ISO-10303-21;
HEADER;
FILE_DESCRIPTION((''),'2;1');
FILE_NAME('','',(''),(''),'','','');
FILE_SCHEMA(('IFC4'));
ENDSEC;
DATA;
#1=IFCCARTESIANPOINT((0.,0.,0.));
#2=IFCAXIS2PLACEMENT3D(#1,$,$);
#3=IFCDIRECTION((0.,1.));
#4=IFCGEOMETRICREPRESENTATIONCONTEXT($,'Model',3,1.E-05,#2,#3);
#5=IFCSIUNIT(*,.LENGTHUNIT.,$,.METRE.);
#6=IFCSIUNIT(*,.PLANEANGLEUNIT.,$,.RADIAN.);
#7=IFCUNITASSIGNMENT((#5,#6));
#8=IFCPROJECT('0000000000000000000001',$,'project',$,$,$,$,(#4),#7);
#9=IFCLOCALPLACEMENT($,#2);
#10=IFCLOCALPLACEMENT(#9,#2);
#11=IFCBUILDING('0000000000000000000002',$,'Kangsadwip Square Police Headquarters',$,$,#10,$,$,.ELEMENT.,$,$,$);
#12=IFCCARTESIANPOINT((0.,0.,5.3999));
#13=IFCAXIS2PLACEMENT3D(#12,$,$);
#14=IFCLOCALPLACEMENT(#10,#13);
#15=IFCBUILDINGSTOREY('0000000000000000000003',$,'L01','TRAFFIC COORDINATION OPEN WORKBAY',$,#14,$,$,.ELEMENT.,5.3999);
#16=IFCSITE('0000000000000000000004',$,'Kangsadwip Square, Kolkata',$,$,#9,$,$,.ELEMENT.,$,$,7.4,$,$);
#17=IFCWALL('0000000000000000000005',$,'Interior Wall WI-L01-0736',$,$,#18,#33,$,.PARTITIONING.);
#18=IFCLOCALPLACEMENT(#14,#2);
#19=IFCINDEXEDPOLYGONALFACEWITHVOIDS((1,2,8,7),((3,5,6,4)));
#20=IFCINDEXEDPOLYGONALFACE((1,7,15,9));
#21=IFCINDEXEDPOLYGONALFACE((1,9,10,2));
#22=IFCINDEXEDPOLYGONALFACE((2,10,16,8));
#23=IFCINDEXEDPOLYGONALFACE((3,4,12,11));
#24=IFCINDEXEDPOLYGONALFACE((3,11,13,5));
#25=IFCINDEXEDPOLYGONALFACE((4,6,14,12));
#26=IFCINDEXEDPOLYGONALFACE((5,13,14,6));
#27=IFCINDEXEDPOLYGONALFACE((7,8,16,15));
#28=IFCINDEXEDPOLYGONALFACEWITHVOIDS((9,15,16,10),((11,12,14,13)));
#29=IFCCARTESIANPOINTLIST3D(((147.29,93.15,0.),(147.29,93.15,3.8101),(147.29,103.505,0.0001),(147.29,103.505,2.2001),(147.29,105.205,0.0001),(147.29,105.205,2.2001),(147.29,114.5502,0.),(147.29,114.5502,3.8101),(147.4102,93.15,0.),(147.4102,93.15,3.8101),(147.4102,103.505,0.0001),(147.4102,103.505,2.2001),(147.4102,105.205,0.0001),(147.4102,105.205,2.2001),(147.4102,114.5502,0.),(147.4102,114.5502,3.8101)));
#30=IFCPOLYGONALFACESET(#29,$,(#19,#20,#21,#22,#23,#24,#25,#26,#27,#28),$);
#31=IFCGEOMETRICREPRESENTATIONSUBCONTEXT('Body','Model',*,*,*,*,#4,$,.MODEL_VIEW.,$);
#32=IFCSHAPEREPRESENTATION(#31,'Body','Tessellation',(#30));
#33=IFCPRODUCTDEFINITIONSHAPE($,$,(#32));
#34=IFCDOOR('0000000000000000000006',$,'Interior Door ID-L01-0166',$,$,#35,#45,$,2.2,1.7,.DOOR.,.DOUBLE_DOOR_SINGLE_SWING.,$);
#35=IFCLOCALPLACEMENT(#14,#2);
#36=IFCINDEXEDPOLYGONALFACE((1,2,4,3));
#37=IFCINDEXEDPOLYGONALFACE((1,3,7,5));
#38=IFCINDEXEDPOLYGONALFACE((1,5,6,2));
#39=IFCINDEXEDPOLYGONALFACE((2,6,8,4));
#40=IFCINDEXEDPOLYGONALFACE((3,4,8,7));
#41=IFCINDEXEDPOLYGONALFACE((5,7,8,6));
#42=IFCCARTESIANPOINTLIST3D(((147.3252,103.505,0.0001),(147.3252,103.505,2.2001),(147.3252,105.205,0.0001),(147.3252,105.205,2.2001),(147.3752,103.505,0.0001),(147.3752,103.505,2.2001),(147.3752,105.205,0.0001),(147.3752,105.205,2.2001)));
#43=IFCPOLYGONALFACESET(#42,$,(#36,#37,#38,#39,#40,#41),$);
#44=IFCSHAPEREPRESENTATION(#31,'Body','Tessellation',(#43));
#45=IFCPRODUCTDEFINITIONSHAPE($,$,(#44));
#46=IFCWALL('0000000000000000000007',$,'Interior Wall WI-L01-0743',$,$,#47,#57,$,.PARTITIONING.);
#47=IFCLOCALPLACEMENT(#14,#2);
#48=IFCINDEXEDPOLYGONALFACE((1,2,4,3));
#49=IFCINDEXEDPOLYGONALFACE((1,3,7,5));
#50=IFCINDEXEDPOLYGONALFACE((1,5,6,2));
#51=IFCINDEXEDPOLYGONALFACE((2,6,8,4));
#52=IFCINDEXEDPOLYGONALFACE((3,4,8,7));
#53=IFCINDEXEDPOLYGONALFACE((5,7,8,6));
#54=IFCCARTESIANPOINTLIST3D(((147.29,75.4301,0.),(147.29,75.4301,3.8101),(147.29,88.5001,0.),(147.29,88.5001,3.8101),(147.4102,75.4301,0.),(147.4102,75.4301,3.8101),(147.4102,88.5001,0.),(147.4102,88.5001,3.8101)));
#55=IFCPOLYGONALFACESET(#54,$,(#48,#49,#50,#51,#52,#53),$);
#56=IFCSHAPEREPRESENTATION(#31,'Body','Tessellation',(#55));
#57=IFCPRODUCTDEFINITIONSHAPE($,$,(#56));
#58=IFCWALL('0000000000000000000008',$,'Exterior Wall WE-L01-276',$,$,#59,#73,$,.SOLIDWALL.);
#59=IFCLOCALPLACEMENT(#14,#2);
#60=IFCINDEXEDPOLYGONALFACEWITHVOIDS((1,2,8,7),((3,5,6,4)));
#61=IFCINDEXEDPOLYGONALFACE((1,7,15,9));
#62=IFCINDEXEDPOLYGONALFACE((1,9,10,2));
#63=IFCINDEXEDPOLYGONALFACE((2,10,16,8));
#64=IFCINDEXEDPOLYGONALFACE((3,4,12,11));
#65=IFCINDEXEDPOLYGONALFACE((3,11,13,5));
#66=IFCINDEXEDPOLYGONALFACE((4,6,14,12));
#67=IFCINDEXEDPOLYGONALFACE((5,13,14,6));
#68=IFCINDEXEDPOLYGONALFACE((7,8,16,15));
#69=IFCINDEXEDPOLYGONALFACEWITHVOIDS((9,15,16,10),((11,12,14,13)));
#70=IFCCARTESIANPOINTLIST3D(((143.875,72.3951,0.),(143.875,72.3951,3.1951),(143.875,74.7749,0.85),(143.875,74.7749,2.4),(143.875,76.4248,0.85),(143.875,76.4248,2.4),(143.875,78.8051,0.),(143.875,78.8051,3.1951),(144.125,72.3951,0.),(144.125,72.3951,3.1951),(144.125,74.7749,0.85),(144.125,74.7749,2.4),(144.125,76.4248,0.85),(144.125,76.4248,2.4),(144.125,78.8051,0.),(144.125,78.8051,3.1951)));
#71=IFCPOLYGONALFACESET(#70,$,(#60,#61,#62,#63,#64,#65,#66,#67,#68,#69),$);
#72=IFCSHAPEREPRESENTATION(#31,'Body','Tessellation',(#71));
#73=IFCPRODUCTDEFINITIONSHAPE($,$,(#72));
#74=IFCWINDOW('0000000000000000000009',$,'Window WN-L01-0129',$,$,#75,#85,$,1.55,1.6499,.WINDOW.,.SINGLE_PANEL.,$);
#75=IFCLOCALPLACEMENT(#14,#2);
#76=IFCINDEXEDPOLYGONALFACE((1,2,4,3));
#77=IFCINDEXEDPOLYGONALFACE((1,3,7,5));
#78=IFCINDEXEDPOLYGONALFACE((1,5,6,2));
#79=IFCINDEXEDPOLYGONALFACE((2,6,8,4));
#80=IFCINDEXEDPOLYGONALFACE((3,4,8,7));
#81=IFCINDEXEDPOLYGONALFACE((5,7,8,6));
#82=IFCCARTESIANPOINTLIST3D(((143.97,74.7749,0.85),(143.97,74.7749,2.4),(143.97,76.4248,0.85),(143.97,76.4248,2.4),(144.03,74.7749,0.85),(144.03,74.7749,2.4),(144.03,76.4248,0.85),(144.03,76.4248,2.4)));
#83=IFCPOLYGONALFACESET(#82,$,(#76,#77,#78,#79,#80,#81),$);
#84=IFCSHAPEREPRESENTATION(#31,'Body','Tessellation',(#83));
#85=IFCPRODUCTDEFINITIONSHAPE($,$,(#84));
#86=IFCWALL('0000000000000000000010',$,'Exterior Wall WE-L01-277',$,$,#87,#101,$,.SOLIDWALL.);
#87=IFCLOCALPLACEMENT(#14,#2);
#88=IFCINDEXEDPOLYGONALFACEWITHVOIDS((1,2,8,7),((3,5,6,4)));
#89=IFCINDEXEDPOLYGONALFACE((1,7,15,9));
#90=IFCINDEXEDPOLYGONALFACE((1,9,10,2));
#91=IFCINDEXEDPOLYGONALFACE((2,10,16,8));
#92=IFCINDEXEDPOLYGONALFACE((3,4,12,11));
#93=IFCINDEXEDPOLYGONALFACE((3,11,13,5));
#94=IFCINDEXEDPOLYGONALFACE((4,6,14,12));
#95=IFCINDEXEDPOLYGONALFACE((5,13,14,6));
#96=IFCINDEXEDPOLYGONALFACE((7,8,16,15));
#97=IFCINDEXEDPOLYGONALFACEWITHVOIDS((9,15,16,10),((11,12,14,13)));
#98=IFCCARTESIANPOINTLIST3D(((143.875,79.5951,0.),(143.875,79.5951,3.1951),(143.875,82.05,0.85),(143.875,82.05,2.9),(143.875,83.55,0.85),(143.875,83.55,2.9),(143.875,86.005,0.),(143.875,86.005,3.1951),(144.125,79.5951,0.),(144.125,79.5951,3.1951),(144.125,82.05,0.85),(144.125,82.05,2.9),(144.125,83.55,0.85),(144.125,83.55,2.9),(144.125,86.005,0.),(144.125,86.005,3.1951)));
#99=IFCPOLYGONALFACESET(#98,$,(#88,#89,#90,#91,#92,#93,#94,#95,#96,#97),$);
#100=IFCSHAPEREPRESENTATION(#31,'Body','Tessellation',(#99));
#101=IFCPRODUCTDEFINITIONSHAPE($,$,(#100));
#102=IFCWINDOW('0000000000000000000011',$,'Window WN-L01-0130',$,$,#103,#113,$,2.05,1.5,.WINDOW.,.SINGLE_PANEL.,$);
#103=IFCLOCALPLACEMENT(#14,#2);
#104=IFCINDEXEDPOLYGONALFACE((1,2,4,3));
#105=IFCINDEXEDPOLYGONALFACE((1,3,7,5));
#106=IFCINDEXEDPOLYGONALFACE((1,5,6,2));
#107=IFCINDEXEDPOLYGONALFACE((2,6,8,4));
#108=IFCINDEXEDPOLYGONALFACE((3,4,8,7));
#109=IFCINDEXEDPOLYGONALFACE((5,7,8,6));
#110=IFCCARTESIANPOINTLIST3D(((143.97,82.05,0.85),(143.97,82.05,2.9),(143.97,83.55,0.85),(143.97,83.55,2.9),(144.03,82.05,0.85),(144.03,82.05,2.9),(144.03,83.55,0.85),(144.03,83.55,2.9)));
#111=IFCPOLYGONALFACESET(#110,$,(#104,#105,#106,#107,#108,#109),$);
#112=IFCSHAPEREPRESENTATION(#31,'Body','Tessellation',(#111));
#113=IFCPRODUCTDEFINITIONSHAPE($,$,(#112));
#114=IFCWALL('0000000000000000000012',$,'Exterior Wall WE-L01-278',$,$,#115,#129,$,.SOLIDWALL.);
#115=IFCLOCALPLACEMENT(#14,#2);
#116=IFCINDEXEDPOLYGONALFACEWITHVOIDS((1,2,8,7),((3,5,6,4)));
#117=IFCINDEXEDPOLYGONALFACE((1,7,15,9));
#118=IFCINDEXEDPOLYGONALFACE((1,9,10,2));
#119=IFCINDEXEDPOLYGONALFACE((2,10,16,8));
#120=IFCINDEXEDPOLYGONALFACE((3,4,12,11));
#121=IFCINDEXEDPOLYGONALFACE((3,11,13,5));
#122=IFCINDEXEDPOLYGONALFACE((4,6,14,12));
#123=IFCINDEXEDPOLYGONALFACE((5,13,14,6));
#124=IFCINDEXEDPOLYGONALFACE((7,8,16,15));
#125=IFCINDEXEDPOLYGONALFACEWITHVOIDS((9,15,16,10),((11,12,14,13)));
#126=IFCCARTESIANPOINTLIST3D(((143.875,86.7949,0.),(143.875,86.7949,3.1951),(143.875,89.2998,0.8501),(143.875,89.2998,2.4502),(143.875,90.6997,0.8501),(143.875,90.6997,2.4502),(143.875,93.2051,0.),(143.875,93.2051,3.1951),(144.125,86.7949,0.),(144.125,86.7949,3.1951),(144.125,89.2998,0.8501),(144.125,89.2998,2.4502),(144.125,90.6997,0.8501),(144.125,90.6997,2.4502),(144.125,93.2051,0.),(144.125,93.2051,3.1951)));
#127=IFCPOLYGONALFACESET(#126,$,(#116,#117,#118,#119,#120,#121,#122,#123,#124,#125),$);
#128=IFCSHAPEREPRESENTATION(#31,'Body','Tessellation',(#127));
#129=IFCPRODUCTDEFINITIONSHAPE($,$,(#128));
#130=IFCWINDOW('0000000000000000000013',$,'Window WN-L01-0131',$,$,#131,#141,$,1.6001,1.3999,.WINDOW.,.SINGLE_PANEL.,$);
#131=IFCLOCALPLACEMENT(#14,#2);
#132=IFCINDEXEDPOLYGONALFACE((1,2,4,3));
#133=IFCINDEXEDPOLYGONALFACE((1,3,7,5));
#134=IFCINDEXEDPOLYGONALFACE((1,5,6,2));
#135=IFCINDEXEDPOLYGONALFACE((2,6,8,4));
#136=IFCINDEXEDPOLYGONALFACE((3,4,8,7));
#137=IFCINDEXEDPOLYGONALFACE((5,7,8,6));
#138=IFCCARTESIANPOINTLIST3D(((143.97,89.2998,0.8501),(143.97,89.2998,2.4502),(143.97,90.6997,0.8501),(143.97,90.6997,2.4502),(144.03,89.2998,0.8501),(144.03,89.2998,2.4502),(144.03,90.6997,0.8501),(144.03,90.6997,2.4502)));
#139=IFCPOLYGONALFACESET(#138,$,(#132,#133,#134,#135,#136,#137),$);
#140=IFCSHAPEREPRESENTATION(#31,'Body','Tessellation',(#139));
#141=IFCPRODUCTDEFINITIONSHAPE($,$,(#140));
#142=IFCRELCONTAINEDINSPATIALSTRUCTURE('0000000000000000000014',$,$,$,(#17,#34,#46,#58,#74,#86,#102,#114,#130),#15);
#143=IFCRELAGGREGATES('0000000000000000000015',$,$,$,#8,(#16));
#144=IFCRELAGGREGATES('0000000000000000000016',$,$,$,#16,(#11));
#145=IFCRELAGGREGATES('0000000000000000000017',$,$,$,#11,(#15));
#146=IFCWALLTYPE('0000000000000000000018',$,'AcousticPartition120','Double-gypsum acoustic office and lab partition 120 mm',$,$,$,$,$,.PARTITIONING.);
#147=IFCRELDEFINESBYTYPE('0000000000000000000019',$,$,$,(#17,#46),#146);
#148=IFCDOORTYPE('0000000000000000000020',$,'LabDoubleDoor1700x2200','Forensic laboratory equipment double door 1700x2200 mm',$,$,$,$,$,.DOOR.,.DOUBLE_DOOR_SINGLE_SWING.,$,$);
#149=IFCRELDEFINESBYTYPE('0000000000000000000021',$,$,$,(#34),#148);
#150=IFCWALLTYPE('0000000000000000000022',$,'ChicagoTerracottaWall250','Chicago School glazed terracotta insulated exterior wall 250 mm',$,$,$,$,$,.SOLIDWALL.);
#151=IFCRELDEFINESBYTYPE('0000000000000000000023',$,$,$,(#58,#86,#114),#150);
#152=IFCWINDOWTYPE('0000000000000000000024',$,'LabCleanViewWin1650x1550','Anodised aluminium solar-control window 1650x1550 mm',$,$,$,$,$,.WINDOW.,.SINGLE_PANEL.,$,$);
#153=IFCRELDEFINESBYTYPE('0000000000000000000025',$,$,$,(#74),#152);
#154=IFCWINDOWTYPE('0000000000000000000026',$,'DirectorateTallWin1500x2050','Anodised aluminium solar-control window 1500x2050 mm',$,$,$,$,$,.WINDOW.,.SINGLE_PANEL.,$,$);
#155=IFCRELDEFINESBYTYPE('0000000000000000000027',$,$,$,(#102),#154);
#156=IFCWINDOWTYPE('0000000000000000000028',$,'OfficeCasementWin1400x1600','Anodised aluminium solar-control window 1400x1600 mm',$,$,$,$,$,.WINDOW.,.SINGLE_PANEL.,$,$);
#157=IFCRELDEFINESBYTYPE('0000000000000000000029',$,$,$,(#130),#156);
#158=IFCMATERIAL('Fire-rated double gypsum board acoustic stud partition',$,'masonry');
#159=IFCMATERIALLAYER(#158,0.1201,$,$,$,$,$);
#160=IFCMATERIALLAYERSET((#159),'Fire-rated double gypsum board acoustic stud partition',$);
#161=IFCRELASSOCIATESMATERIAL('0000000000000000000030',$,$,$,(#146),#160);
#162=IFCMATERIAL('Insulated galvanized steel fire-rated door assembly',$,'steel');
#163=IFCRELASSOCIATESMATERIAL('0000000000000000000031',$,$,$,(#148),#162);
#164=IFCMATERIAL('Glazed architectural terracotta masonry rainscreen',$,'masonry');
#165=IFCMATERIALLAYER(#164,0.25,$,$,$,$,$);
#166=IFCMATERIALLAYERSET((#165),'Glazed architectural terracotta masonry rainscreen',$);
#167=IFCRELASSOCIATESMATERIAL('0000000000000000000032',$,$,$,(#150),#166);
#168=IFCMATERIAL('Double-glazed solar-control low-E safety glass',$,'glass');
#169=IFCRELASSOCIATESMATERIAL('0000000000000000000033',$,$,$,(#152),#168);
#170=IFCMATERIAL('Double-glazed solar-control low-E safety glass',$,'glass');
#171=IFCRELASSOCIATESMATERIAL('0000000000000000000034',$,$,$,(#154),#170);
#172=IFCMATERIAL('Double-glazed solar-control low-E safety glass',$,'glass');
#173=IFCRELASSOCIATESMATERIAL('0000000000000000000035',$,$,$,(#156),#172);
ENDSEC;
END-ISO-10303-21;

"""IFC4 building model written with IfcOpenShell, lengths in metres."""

from ifc_helpers import new_model, si_unit, direction, frame, frame_2d, origin, place, context, subcontext, project, spatial, rectangle, extrude, material, layer, layer_set, type_object, element, fill, save


model = new_model("IFC4")

# Units and contexts
model_context = context("Model", 3, precision=1e-05, world=origin(), true_north=direction((0.0, 1.0)))
body_context = subcontext(model_context, "Body", "Model", "MODEL_VIEW")
ifc_project = project(units=[si_unit("LENGTHUNIT", "METRE"), si_unit("PLANEANGLEUNIT", "RADIAN")], contexts=[model_context])

# Site, building, storey
site_placement = place(None, origin())
site = spatial("IfcSite", under=ifc_project, at=site_placement, Name="Kangsadwip Square, Kolkata", CompositionType="ELEMENT", RefElevation=7.4)
building_placement = place(site_placement, origin())
building = spatial("IfcBuilding", under=site, at=building_placement, Name="Kangsadwip Square Police Headquarters", CompositionType="ELEMENT")
storey_placement = place(building_placement, frame((0.0, 0.0, 5.3999)))
storey = spatial("IfcBuildingStorey", under=building, at=storey_placement, Name="L01", Description="TRAFFIC COORDINATION OPEN WORKBAY", CompositionType="ELEMENT", Elevation=5.3999)

# Wall, opening, door
ifc_material_1 = material(Name="Fire-rated double gypsum board acoustic stud partition", Category="masonry")
ifc_layer_1 = layer(ifc_material_1, 0.1201)
ifc_layer_set_1 = layer_set([ifc_layer_1], Name="Fire-rated double gypsum board acoustic stud partition")
wall_type_1 = type_object("IfcWallType", Name="AcousticPartition120", Description="Double-gypsum acoustic office and lab partition 120 mm", PredefinedType="PARTITIONING", material=ifc_layer_set_1)
wall_1_placement = place(storey_placement, frame((147.3501, 93.1499, 0.0), z_axis=(0.0, 0.0, 1.0), x_axis=(0.0, 1.0, 0.0)))
wall_1 = element("IfcWall", 1, at=wall_1_placement, inside=storey, type_object=wall_type_1, Name="Interior Wall WI-L01-0736", PredefinedType="PARTITIONING", context=body_context, shape_type="SweptSolid", body=[
    extrude(rectangle(XDim=21.4001, YDim=0.1201, at=frame_2d((10.7002, 0.0))), origin(), (0.0, 0.0, 1.0), 3.8101),
])
opening_1_placement = place(wall_1_placement, frame((10.355, 0.0, 0.0)))
opening_1 = element("IfcOpeningElement", 2, at=opening_1_placement, cuts=wall_1, PredefinedType="OPENING", context=body_context, shape_type="SweptSolid", body=[
    extrude(rectangle(XDim=1.7, YDim=2.2, at=frame_2d((0.8501, 1.1001))), frame((0.0, 0.0701, 0.0), z_axis=(0.0, -1.0, 0.0), x_axis=(1.0, 0.0, 0.0)), (0.0, 0.0, 1.0), 0.1401),
])
ifc_material_2 = material(Name="Insulated galvanized steel fire-rated door assembly", Category="steel")
door_type_1 = type_object("IfcDoorType", Name="LabDoubleDoor1700x2200", Description="Forensic laboratory equipment double door 1700x2200 mm", OperationType="DOUBLE_DOOR_SINGLE_SWING", PredefinedType="DOOR", material=ifc_material_2)
door_1_placement = place(opening_1_placement, origin())
door_1 = element("IfcDoor", 3, at=door_1_placement, inside=storey, type_object=door_type_1, Name="Interior Door ID-L01-0166", OperationType="DOUBLE_DOOR_SINGLE_SWING", OverallHeight=2.2, OverallWidth=1.7, PredefinedType="DOOR", context=body_context, shape_type="SweptSolid", body=[
    extrude(rectangle(XDim=1.7, YDim=2.2, at=frame_2d((0.8501, 1.1001))), frame((0.0, 0.0249, 0.0), z_axis=(0.0, -1.0, 0.0), x_axis=(1.0, 0.0, 0.0)), (0.0, 0.0, 1.0), 0.05),
])
fill(opening_1, door_1)

# Wall
wall_2_placement = place(storey_placement, frame((147.3501, 75.4299, 0.0), z_axis=(0.0, 0.0, 1.0), x_axis=(0.0, 1.0, 0.0)))
element("IfcWall", 4, at=wall_2_placement, inside=storey, type_object=wall_type_1, Name="Interior Wall WI-L01-0743", PredefinedType="PARTITIONING", context=body_context, shape_type="SweptSolid", body=[
    extrude(rectangle(XDim=13.0701, YDim=0.1201, at=frame_2d((6.5352, 0.0))), origin(), (0.0, 0.0, 1.0), 3.8101),
])

# Walls, openings, windows
ifc_material_3 = material(Name="Glazed architectural terracotta masonry rainscreen", Category="masonry")
ifc_layer_2 = layer(ifc_material_3, 0.25)
ifc_layer_set_2 = layer_set([ifc_layer_2], Name="Glazed architectural terracotta masonry rainscreen")
wall_type_2 = type_object("IfcWallType", Name="ChicagoTerracottaWall250", Description="Chicago School glazed terracotta insulated exterior wall 250 mm", PredefinedType="SOLIDWALL", material=ifc_layer_set_2)
wall_3_placement = place(storey_placement, frame((144.0, 72.395, 0.0), z_axis=(0.0, 0.0, 1.0), x_axis=(0.0, 1.0, 0.0)))
wall_3 = element("IfcWall", 5, at=wall_3_placement, inside=storey, type_object=wall_type_2, Name="Exterior Wall WE-L01-276", PredefinedType="SOLIDWALL", context=body_context, shape_type="SweptSolid", body=[
    extrude(rectangle(XDim=6.4099, YDim=0.25, at=frame_2d((3.2051, 0.0))), origin(), (0.0, 0.0, 1.0), 3.1951),
])
opening_2_placement = place(wall_3_placement, frame((2.3799, 0.0, 0.8501)))
opening_2 = element("IfcOpeningElement", 6, at=opening_2_placement, cuts=wall_3, PredefinedType="OPENING", context=body_context, shape_type="SweptSolid", body=[
    extrude(rectangle(XDim=1.6499, YDim=1.55, at=frame_2d((0.825, 0.7749))), frame((0.0, 0.135, 0.0), z_axis=(0.0, -1.0, 0.0), x_axis=(1.0, 0.0, 0.0)), (0.0, 0.0, 1.0), 0.27),
])
ifc_material_4 = material(Name="Double-glazed solar-control low-E safety glass", Category="glass")
window_type_1 = type_object("IfcWindowType", Name="LabCleanViewWin1650x1550", Description="Anodised aluminium solar-control window 1650x1550 mm", PartitioningType="SINGLE_PANEL", PredefinedType="WINDOW", material=ifc_material_4)
window_1_placement = place(opening_2_placement, origin())
window_1 = element("IfcWindow", 7, at=window_1_placement, inside=storey, type_object=window_type_1, Name="Window WN-L01-0129", OverallHeight=1.55, OverallWidth=1.6499, PartitioningType="SINGLE_PANEL", PredefinedType="WINDOW", context=body_context, shape_type="SweptSolid", body=[
    extrude(rectangle(XDim=1.6499, YDim=1.55, at=frame_2d((0.825, 0.7749))), frame((0.0, 0.03, 0.0), z_axis=(0.0, -1.0, 0.0), x_axis=(1.0, 0.0, 0.0)), (0.0, 0.0, 1.0), 0.0601),
])
fill(opening_2, window_1)
wall_4_placement = place(storey_placement, frame((144.0, 79.595, 0.0), z_axis=(0.0, 0.0, 1.0), x_axis=(0.0, 1.0, 0.0)))
wall_4 = element("IfcWall", 8, at=wall_4_placement, inside=storey, type_object=wall_type_2, Name="Exterior Wall WE-L01-277", PredefinedType="SOLIDWALL", context=body_context, shape_type="SweptSolid", body=[
    extrude(rectangle(XDim=6.4099, YDim=0.25, at=frame_2d((3.2051, 0.0))), origin(), (0.0, 0.0, 1.0), 3.1951),
])
opening_3_placement = place(wall_4_placement, frame((2.4551, 0.0, 0.8501)))
opening_3 = element("IfcOpeningElement", 9, at=opening_3_placement, cuts=wall_4, PredefinedType="OPENING", context=body_context, shape_type="SweptSolid", body=[
    extrude(rectangle(XDim=1.5, YDim=2.05, at=frame_2d((0.75, 1.0249))), frame((0.0, 0.135, 0.0), z_axis=(0.0, -1.0, 0.0), x_axis=(1.0, 0.0, 0.0)), (0.0, 0.0, 1.0), 0.27),
])
ifc_material_5 = material(Name="Double-glazed solar-control low-E safety glass", Category="glass")
window_type_2 = type_object("IfcWindowType", Name="DirectorateTallWin1500x2050", Description="Anodised aluminium solar-control window 1500x2050 mm", PartitioningType="SINGLE_PANEL", PredefinedType="WINDOW", material=ifc_material_5)
window_2_placement = place(opening_3_placement, origin())
window_2 = element("IfcWindow", 10, at=window_2_placement, inside=storey, type_object=window_type_2, Name="Window WN-L01-0130", OverallHeight=2.05, OverallWidth=1.5, PartitioningType="SINGLE_PANEL", PredefinedType="WINDOW", context=body_context, shape_type="SweptSolid", body=[
    extrude(rectangle(XDim=1.5, YDim=2.05, at=frame_2d((0.75, 1.0249))), frame((0.0, 0.03, 0.0), z_axis=(0.0, -1.0, 0.0), x_axis=(1.0, 0.0, 0.0)), (0.0, 0.0, 1.0), 0.0601),
])
fill(opening_3, window_2)
wall_5_placement = place(storey_placement, frame((144.0, 86.7949, 0.0), z_axis=(0.0, 0.0, 1.0), x_axis=(0.0, 1.0, 0.0)))
wall_5 = element("IfcWall", 11, at=wall_5_placement, inside=storey, type_object=wall_type_2, Name="Exterior Wall WE-L01-278", PredefinedType="SOLIDWALL", context=body_context, shape_type="SweptSolid", body=[
    extrude(rectangle(XDim=6.4102, YDim=0.25, at=frame_2d((3.2051, 0.0))), origin(), (0.0, 0.0, 1.0), 3.1951),
])
opening_4_placement = place(wall_5_placement, frame((2.5049, 0.0, 0.8501)))
opening_4 = element("IfcOpeningElement", 12, at=opening_4_placement, cuts=wall_5, PredefinedType="OPENING", context=body_context, shape_type="SweptSolid", body=[
    extrude(rectangle(XDim=1.3999, YDim=1.6001, at=frame_2d((0.7, 0.8))), frame((0.0, 0.135, 0.0), z_axis=(0.0, -1.0, 0.0), x_axis=(1.0, 0.0, 0.0)), (0.0, 0.0, 1.0), 0.27),
])
ifc_material_6 = material(Name="Double-glazed solar-control low-E safety glass", Category="glass")
window_type_3 = type_object("IfcWindowType", Name="OfficeCasementWin1400x1600", Description="Anodised aluminium solar-control window 1400x1600 mm", PartitioningType="SINGLE_PANEL", PredefinedType="WINDOW", material=ifc_material_6)
window_3_placement = place(opening_4_placement, origin())
window_3 = element("IfcWindow", 13, at=window_3_placement, inside=storey, type_object=window_type_3, Name="Window WN-L01-0131", OverallHeight=1.6001, OverallWidth=1.3999, PartitioningType="SINGLE_PANEL", PredefinedType="WINDOW", context=body_context, shape_type="SweptSolid", body=[
    extrude(rectangle(XDim=1.3999, YDim=1.6001, at=frame_2d((0.7, 0.8))), frame((0.0, 0.03, 0.0), z_axis=(0.0, -1.0, 0.0), x_axis=(1.0, 0.0, 0.0)), (0.0, 0.0, 1.0), 0.0601),
])
fill(opening_4, window_3)

save(model, "model.ifc")
